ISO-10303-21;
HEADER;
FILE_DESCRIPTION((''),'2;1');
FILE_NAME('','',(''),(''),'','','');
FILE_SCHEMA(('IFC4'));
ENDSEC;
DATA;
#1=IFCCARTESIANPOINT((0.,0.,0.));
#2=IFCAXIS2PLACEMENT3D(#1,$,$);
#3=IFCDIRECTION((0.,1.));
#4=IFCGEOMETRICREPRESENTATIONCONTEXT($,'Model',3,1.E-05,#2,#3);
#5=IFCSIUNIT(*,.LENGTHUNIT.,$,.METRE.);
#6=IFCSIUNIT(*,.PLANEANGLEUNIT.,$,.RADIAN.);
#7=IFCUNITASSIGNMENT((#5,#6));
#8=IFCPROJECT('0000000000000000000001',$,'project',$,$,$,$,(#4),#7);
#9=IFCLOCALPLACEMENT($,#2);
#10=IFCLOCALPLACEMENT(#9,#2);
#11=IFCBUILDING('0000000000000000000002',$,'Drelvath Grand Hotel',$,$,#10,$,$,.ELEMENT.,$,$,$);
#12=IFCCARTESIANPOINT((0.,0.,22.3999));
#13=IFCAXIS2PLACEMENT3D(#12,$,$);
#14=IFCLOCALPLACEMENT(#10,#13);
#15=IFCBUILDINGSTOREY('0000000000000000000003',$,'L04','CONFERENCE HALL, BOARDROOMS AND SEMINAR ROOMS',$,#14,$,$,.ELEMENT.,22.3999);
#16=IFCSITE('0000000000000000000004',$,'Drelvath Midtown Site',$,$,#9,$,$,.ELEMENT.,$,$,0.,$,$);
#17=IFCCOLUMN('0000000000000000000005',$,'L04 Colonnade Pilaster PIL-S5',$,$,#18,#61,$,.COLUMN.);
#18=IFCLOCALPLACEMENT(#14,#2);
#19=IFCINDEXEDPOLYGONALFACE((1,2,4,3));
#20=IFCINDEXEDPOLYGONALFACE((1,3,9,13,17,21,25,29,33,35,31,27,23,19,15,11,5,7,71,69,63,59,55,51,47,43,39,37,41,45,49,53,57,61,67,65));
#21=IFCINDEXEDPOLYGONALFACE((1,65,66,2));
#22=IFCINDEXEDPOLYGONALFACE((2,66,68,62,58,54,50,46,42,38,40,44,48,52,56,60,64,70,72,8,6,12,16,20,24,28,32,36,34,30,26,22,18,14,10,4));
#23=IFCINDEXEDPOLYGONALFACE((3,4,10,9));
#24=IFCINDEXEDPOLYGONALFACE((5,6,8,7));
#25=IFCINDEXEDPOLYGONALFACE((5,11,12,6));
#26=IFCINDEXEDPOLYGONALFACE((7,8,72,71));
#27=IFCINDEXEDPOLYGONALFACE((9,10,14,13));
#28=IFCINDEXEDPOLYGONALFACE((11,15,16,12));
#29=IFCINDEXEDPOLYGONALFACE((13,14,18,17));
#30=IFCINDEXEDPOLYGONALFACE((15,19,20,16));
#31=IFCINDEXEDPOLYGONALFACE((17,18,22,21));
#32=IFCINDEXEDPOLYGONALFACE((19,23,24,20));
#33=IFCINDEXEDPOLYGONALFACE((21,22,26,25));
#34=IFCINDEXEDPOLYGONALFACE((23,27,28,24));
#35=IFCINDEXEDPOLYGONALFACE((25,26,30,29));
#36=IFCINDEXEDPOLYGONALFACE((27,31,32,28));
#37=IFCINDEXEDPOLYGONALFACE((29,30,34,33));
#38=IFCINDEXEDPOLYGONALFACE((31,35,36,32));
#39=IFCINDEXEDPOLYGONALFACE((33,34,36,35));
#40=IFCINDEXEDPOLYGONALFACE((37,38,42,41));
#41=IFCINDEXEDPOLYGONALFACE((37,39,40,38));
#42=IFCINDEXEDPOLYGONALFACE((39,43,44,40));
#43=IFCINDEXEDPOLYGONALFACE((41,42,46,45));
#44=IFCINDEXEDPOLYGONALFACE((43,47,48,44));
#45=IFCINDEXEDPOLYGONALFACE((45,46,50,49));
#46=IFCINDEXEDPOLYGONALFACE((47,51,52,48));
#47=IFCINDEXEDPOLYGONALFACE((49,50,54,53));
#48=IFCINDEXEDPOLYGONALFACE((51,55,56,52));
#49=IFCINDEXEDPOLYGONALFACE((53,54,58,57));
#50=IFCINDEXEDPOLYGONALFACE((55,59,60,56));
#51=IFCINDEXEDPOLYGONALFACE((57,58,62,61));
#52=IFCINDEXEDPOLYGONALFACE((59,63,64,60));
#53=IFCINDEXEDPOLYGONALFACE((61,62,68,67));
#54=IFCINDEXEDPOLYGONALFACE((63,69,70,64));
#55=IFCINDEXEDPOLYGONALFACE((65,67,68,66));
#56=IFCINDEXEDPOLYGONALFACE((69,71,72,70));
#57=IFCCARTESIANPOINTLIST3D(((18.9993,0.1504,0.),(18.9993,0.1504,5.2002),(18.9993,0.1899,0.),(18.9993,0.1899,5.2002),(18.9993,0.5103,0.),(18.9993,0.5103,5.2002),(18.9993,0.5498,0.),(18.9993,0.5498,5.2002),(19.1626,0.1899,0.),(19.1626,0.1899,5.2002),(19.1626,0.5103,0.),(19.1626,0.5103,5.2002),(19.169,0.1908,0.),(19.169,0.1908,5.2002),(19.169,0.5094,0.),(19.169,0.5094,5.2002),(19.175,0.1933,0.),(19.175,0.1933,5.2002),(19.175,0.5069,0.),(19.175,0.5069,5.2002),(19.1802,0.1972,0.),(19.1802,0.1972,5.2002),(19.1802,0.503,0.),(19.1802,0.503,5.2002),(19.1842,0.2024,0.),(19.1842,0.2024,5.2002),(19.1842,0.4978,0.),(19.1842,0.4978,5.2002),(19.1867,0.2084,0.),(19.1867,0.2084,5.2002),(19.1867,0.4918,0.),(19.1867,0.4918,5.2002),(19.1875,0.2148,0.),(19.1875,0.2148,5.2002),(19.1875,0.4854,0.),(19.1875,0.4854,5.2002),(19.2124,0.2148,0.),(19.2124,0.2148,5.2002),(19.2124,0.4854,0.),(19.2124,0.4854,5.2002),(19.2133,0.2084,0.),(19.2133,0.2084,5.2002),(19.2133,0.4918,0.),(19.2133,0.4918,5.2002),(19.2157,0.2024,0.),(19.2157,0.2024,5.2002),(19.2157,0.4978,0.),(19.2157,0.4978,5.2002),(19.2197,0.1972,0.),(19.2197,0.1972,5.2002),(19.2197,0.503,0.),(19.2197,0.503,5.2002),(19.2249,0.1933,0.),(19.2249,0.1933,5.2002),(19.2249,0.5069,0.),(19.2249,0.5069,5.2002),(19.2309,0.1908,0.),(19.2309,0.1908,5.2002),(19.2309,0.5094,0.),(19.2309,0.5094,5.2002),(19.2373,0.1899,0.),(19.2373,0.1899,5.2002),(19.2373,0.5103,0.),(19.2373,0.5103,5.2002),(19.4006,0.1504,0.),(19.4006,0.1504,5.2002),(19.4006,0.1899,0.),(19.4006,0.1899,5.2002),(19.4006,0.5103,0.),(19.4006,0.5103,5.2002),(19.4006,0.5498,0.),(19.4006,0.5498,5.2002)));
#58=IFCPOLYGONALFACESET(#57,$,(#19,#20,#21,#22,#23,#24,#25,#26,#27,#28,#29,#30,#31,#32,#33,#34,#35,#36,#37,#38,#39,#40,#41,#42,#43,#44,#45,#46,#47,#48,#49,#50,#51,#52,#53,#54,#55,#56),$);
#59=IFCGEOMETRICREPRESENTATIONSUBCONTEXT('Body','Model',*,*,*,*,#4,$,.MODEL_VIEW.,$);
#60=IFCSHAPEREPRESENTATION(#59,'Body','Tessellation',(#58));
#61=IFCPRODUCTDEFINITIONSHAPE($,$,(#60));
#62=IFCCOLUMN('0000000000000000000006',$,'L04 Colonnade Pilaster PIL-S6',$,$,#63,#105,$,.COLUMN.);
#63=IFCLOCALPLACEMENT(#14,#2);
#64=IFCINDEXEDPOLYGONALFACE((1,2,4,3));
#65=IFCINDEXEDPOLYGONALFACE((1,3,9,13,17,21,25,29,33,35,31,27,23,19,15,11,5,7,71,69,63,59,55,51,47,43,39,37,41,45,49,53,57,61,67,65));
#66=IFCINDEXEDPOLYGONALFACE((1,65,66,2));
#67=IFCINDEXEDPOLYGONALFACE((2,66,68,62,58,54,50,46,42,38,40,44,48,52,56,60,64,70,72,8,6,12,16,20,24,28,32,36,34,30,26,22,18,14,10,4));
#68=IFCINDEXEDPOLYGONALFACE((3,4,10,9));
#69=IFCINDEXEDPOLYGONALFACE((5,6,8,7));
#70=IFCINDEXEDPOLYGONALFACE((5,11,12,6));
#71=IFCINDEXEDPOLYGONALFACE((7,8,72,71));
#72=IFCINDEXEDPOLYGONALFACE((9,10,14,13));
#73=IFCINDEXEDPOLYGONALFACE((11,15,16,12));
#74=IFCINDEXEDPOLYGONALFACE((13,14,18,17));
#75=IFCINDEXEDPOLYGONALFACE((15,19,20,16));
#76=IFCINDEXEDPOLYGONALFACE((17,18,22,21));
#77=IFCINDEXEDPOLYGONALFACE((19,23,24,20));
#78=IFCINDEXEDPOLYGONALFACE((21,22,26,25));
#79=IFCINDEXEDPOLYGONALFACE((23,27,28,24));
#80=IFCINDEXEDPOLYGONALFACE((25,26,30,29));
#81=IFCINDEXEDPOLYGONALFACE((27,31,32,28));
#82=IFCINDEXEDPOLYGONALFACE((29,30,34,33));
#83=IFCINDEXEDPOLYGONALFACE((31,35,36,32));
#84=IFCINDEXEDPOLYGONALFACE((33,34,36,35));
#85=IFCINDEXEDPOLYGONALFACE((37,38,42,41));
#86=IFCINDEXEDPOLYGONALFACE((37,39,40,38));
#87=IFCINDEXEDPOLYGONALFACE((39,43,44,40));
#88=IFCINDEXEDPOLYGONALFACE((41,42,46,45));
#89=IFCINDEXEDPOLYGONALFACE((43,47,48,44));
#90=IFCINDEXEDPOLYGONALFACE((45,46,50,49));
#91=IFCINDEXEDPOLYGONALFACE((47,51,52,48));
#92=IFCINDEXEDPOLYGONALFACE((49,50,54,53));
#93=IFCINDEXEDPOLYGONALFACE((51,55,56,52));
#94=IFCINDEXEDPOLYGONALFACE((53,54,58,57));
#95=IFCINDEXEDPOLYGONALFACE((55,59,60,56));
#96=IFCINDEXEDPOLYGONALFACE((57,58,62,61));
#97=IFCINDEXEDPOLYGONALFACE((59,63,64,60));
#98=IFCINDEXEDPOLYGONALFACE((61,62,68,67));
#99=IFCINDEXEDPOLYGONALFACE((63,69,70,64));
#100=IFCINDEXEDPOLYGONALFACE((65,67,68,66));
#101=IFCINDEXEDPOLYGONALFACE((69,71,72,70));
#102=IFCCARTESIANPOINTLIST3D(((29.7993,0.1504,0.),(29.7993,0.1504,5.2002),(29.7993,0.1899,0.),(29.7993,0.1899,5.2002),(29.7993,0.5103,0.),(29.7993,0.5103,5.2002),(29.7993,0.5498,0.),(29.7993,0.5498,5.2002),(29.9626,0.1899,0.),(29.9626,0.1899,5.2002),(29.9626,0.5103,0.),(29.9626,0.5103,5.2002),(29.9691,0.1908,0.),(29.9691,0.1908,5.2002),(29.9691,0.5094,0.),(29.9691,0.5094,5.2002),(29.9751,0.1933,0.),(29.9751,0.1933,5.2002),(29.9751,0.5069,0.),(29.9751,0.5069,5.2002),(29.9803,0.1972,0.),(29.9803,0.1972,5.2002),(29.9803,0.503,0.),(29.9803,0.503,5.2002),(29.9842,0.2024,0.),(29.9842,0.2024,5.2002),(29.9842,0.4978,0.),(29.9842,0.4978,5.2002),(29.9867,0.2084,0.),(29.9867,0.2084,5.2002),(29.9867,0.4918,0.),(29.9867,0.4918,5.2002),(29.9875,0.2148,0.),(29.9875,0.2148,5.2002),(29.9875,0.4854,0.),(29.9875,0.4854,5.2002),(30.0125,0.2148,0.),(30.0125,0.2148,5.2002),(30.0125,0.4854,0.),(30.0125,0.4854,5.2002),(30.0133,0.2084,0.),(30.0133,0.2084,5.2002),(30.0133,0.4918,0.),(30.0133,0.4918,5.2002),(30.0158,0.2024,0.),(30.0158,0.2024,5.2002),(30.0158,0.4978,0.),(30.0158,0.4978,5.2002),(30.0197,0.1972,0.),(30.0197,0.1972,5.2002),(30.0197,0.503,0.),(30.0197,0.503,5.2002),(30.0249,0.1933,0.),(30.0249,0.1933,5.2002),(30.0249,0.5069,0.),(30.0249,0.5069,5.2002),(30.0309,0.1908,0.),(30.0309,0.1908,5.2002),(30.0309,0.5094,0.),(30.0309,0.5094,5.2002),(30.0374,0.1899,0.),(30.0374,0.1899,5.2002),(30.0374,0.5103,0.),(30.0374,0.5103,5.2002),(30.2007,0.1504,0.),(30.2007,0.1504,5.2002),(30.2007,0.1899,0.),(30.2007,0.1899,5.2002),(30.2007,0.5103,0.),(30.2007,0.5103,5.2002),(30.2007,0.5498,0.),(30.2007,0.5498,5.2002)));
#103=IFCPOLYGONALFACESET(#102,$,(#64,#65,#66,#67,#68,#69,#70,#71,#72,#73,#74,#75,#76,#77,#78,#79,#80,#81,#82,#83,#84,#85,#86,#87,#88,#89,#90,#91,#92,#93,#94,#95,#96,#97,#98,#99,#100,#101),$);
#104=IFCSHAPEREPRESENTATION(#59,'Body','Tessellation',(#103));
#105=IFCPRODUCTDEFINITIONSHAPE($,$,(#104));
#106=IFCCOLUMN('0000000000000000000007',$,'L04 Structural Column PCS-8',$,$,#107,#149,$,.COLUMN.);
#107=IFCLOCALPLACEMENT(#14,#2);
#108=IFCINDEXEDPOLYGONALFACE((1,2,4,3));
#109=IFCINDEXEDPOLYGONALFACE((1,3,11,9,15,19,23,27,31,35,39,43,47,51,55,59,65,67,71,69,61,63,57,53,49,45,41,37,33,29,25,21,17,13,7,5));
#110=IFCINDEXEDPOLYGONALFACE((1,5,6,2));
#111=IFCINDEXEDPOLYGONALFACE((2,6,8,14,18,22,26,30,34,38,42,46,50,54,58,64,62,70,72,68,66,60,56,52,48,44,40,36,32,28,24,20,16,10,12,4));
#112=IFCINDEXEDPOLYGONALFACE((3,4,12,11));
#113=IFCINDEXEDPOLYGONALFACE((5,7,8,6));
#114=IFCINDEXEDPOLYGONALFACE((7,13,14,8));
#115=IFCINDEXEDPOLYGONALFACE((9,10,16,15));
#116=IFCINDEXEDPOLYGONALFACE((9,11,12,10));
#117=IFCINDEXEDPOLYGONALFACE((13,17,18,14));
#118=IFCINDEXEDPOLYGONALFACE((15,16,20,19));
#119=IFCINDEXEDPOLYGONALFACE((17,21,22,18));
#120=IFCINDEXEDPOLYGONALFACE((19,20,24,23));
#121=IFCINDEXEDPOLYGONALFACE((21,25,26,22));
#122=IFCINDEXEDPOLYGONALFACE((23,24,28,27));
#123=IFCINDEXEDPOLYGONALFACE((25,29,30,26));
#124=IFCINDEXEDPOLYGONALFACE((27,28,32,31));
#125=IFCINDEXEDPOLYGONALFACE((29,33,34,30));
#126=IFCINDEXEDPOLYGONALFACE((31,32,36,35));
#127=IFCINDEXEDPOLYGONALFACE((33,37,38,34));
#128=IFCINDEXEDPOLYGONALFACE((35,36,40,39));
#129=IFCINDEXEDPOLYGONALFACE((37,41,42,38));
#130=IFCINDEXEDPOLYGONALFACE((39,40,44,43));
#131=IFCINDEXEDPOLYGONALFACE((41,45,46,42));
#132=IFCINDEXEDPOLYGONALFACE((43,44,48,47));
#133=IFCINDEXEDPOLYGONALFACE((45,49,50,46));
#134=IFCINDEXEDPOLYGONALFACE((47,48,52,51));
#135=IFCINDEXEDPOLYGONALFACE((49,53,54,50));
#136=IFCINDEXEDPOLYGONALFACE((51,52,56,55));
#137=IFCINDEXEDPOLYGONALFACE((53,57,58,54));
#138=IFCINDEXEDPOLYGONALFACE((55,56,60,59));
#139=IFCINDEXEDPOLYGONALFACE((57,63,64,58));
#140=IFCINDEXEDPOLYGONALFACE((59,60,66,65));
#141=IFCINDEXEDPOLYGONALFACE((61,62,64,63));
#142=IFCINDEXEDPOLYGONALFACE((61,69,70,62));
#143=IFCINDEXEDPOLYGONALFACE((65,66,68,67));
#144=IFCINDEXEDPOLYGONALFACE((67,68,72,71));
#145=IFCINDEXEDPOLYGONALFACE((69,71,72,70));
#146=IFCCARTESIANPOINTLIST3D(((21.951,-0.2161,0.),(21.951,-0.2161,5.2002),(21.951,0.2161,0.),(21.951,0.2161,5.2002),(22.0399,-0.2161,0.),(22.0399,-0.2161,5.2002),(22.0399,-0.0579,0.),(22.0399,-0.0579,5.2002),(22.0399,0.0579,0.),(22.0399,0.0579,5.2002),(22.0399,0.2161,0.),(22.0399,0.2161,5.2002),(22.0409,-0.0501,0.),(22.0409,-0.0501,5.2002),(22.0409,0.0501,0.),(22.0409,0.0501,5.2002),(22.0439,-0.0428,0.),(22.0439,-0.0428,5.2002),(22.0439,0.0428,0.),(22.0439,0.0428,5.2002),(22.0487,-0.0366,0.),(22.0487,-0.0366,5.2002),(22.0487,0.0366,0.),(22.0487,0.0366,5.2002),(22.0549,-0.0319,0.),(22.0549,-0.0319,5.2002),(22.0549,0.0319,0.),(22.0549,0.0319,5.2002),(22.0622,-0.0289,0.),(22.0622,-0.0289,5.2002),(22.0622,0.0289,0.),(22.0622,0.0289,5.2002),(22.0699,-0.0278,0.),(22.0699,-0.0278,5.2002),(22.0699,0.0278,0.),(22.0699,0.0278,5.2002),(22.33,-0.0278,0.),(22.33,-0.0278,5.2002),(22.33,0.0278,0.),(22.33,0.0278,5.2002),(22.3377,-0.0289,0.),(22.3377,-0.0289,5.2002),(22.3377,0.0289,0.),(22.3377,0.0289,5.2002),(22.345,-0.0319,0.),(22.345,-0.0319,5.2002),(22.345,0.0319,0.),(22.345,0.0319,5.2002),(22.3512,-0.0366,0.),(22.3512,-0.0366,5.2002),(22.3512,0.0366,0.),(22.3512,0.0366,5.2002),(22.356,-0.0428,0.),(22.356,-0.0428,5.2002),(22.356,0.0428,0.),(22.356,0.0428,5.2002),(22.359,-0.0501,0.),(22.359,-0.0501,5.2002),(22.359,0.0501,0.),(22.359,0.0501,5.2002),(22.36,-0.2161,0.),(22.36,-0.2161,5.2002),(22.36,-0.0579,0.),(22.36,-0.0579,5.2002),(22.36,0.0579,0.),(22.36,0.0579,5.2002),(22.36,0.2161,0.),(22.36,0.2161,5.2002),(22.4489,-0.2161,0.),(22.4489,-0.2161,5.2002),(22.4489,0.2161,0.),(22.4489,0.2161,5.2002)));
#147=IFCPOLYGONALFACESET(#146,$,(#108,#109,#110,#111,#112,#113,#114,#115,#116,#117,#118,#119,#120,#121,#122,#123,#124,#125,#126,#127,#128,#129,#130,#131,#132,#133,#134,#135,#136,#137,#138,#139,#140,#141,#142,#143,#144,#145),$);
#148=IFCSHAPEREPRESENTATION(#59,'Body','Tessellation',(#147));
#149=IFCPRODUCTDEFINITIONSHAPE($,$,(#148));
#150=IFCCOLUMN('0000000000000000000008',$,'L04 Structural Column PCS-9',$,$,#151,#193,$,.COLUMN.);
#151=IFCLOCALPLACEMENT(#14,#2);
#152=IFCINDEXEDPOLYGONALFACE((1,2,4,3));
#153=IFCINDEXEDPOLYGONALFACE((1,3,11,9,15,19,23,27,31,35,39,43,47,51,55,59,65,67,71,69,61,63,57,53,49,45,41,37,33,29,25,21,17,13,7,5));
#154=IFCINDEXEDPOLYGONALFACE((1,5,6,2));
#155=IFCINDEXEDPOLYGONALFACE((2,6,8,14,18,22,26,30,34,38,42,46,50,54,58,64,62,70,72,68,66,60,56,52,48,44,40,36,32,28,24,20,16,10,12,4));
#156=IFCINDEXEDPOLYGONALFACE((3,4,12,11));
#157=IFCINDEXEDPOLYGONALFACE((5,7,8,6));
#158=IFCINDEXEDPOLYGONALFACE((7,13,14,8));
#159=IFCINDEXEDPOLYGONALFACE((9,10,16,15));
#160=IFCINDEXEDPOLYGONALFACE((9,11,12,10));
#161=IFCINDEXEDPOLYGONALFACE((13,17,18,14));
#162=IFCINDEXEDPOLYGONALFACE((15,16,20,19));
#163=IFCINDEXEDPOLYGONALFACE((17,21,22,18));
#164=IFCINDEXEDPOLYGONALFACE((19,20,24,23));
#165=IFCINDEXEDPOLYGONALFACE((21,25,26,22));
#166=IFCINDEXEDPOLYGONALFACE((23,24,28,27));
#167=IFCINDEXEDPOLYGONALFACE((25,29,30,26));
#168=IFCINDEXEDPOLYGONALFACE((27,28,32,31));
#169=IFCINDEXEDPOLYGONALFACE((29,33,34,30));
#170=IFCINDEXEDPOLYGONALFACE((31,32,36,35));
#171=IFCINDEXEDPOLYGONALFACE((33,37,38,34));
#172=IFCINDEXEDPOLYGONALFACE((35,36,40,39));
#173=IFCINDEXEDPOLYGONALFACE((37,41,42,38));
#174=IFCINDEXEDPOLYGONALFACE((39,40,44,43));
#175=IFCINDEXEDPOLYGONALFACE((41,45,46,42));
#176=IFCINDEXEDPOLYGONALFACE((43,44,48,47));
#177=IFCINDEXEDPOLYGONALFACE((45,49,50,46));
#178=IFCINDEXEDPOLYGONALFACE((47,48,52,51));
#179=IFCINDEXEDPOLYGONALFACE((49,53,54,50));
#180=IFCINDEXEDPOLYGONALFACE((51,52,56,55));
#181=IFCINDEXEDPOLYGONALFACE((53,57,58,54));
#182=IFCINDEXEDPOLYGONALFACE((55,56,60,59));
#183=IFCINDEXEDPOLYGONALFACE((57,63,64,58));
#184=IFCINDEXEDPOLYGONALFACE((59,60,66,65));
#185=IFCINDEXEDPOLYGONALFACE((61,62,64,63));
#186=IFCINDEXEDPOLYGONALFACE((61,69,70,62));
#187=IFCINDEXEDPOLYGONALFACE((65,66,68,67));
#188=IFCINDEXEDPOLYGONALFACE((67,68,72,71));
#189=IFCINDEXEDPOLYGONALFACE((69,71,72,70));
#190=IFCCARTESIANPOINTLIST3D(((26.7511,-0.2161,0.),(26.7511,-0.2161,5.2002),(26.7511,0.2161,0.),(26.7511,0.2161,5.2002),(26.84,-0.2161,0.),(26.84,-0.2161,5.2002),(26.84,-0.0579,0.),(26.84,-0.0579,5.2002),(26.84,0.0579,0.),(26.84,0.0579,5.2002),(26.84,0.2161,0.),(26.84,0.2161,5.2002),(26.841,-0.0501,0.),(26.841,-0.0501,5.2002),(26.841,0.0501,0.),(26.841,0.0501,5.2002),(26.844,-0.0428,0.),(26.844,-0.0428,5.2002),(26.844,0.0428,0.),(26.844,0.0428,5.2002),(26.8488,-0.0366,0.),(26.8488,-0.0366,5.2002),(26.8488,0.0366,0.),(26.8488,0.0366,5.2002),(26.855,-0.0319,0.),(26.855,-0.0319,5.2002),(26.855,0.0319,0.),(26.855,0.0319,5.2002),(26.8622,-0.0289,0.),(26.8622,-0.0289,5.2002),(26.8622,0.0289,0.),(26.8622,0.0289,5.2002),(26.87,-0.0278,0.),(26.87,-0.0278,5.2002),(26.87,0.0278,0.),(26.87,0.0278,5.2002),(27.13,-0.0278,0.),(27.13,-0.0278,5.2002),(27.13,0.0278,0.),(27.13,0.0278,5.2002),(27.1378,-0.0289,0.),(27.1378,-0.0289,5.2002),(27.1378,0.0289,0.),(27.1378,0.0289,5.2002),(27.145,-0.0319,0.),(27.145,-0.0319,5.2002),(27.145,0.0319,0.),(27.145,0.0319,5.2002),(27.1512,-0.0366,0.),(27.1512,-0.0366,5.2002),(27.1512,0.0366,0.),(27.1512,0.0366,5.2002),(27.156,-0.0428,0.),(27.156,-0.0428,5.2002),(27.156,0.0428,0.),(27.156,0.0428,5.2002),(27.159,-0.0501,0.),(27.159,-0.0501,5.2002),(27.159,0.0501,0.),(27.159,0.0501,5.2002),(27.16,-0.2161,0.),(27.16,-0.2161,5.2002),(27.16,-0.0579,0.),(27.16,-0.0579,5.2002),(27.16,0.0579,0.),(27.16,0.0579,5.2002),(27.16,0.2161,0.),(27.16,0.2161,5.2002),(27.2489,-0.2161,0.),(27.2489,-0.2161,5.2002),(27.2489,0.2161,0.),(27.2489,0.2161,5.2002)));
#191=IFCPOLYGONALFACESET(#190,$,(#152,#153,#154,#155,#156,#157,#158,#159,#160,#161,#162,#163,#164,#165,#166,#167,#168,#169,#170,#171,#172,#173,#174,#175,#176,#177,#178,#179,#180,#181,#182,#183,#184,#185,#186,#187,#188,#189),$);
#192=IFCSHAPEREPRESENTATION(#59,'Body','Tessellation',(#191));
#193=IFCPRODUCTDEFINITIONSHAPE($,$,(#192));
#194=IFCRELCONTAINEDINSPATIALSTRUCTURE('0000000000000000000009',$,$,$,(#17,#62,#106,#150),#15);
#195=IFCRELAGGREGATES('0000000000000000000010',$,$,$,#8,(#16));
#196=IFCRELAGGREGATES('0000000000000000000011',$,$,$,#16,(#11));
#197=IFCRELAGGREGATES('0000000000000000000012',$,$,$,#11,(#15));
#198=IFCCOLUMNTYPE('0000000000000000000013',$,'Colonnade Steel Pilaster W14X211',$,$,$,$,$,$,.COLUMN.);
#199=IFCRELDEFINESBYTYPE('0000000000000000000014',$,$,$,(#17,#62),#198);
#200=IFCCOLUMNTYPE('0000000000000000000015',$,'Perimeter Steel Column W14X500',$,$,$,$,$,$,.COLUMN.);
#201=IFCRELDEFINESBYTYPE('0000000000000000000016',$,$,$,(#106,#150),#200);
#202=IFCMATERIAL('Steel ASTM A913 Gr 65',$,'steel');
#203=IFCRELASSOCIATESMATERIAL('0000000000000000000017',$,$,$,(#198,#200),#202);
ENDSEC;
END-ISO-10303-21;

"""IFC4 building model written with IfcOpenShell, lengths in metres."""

from ifc_helpers import new_model, si_unit, direction, frame, origin, origin_2d, place, context, subcontext, project, spatial, i_section, extrude, material, material_profile, profile_set, type_object, element, save


model = new_model("IFC4")

# Units and contexts
model_context = context("Model", 3, precision=1e-05, world=origin(), true_north=direction((0.0, 1.0)))
body_context = subcontext(model_context, "Body", "Model", "MODEL_VIEW")
ifc_project = project(units=[si_unit("LENGTHUNIT", "METRE"), si_unit("PLANEANGLEUNIT", "RADIAN")], contexts=[model_context])

# Site, building, storey
site_placement = place(None, origin())
site = spatial("IfcSite", under=ifc_project, at=site_placement, Name="Drelvath Midtown Site", CompositionType="ELEMENT", RefElevation=0.0)
building_placement = place(site_placement, origin())
building = spatial("IfcBuilding", under=site, at=building_placement, Name="Drelvath Grand Hotel", CompositionType="ELEMENT")
storey_placement = place(building_placement, frame((0.0, 0.0, 22.3999)))
storey = spatial("IfcBuildingStorey", under=building, at=storey_placement, Name="L04", Description="CONFERENCE HALL, BOARDROOMS AND SEMINAR ROOMS", CompositionType="ELEMENT", Elevation=22.3999)

# Columns
ifc_material_1 = material(Name="Steel ASTM A913 Gr 65", Category="steel")
ifc_material_profile_1 = material_profile(ifc_material_1, i_section(OverallWidth=0.4014, OverallDepth=0.3994, WebThickness=0.0249, FlangeThickness=0.0396, FilletRadius=0.0249, at=origin_2d()), Name="W14X211")
ifc_profile_set_1 = profile_set([ifc_material_profile_1], Name="Steel ASTM A913 Gr 65")
column_type_1 = type_object("IfcColumnType", Name="Colonnade Steel Pilaster W14X211", PredefinedType="COLUMN", material=ifc_profile_set_1)
for number, where, z_axis, x_axis, name in (
    (1, (19.2, 0.3501, 0.0), (0.0, 0.0, 1.0), (1.0, 0.0, 0.0), "L04 Colonnade Pilaster PIL-S5"),
    (2, (30.0, 0.3501, 0.0), (0.0, 0.0, 1.0), (1.0, 0.0, 0.0), "L04 Colonnade Pilaster PIL-S6"),
):
    element("IfcColumn", number, at=place(storey_placement, frame(where, z_axis=z_axis, x_axis=x_axis)), inside=storey, type_object=column_type_1, Name=name, PredefinedType="COLUMN", context=body_context, shape_type="SweptSolid", body=[
        extrude(i_section(OverallWidth=0.4014, OverallDepth=0.3994, WebThickness=0.0249, FlangeThickness=0.0396, FilletRadius=0.0249, at=origin_2d()), origin(), (0.0, 0.0, 1.0), 5.2002),
    ])
ifc_material_profile_2 = material_profile(ifc_material_1, i_section(OverallWidth=0.4321, OverallDepth=0.4978, WebThickness=0.0557, FlangeThickness=0.0889, FilletRadius=0.03, at=origin_2d()), Name="W14X500")
ifc_profile_set_2 = profile_set([ifc_material_profile_2], Name="Steel ASTM A913 Gr 65")
column_type_2 = type_object("IfcColumnType", Name="Perimeter Steel Column W14X500", PredefinedType="COLUMN", material=ifc_profile_set_2)
for number, where, z_axis, x_axis, name in (
    (3, (22.2, 0.0, 0.0), (0.0, 0.0, 1.0), (0.0, 1.0, 0.0), "L04 Structural Column PCS-8"),
    (4, (27.0, 0.0, 0.0), (0.0, 0.0, 1.0), (0.0, 1.0, 0.0), "L04 Structural Column PCS-9"),
):
    element("IfcColumn", number, at=place(storey_placement, frame(where, z_axis=z_axis, x_axis=x_axis)), inside=storey, type_object=column_type_2, Name=name, PredefinedType="COLUMN", context=body_context, shape_type="SweptSolid", body=[
        extrude(i_section(OverallWidth=0.4321, OverallDepth=0.4978, WebThickness=0.0557, FlangeThickness=0.0889, FilletRadius=0.03, at=origin_2d()), origin(), (0.0, 0.0, 1.0), 5.2002),
    ])

save(model, "model.ifc")
